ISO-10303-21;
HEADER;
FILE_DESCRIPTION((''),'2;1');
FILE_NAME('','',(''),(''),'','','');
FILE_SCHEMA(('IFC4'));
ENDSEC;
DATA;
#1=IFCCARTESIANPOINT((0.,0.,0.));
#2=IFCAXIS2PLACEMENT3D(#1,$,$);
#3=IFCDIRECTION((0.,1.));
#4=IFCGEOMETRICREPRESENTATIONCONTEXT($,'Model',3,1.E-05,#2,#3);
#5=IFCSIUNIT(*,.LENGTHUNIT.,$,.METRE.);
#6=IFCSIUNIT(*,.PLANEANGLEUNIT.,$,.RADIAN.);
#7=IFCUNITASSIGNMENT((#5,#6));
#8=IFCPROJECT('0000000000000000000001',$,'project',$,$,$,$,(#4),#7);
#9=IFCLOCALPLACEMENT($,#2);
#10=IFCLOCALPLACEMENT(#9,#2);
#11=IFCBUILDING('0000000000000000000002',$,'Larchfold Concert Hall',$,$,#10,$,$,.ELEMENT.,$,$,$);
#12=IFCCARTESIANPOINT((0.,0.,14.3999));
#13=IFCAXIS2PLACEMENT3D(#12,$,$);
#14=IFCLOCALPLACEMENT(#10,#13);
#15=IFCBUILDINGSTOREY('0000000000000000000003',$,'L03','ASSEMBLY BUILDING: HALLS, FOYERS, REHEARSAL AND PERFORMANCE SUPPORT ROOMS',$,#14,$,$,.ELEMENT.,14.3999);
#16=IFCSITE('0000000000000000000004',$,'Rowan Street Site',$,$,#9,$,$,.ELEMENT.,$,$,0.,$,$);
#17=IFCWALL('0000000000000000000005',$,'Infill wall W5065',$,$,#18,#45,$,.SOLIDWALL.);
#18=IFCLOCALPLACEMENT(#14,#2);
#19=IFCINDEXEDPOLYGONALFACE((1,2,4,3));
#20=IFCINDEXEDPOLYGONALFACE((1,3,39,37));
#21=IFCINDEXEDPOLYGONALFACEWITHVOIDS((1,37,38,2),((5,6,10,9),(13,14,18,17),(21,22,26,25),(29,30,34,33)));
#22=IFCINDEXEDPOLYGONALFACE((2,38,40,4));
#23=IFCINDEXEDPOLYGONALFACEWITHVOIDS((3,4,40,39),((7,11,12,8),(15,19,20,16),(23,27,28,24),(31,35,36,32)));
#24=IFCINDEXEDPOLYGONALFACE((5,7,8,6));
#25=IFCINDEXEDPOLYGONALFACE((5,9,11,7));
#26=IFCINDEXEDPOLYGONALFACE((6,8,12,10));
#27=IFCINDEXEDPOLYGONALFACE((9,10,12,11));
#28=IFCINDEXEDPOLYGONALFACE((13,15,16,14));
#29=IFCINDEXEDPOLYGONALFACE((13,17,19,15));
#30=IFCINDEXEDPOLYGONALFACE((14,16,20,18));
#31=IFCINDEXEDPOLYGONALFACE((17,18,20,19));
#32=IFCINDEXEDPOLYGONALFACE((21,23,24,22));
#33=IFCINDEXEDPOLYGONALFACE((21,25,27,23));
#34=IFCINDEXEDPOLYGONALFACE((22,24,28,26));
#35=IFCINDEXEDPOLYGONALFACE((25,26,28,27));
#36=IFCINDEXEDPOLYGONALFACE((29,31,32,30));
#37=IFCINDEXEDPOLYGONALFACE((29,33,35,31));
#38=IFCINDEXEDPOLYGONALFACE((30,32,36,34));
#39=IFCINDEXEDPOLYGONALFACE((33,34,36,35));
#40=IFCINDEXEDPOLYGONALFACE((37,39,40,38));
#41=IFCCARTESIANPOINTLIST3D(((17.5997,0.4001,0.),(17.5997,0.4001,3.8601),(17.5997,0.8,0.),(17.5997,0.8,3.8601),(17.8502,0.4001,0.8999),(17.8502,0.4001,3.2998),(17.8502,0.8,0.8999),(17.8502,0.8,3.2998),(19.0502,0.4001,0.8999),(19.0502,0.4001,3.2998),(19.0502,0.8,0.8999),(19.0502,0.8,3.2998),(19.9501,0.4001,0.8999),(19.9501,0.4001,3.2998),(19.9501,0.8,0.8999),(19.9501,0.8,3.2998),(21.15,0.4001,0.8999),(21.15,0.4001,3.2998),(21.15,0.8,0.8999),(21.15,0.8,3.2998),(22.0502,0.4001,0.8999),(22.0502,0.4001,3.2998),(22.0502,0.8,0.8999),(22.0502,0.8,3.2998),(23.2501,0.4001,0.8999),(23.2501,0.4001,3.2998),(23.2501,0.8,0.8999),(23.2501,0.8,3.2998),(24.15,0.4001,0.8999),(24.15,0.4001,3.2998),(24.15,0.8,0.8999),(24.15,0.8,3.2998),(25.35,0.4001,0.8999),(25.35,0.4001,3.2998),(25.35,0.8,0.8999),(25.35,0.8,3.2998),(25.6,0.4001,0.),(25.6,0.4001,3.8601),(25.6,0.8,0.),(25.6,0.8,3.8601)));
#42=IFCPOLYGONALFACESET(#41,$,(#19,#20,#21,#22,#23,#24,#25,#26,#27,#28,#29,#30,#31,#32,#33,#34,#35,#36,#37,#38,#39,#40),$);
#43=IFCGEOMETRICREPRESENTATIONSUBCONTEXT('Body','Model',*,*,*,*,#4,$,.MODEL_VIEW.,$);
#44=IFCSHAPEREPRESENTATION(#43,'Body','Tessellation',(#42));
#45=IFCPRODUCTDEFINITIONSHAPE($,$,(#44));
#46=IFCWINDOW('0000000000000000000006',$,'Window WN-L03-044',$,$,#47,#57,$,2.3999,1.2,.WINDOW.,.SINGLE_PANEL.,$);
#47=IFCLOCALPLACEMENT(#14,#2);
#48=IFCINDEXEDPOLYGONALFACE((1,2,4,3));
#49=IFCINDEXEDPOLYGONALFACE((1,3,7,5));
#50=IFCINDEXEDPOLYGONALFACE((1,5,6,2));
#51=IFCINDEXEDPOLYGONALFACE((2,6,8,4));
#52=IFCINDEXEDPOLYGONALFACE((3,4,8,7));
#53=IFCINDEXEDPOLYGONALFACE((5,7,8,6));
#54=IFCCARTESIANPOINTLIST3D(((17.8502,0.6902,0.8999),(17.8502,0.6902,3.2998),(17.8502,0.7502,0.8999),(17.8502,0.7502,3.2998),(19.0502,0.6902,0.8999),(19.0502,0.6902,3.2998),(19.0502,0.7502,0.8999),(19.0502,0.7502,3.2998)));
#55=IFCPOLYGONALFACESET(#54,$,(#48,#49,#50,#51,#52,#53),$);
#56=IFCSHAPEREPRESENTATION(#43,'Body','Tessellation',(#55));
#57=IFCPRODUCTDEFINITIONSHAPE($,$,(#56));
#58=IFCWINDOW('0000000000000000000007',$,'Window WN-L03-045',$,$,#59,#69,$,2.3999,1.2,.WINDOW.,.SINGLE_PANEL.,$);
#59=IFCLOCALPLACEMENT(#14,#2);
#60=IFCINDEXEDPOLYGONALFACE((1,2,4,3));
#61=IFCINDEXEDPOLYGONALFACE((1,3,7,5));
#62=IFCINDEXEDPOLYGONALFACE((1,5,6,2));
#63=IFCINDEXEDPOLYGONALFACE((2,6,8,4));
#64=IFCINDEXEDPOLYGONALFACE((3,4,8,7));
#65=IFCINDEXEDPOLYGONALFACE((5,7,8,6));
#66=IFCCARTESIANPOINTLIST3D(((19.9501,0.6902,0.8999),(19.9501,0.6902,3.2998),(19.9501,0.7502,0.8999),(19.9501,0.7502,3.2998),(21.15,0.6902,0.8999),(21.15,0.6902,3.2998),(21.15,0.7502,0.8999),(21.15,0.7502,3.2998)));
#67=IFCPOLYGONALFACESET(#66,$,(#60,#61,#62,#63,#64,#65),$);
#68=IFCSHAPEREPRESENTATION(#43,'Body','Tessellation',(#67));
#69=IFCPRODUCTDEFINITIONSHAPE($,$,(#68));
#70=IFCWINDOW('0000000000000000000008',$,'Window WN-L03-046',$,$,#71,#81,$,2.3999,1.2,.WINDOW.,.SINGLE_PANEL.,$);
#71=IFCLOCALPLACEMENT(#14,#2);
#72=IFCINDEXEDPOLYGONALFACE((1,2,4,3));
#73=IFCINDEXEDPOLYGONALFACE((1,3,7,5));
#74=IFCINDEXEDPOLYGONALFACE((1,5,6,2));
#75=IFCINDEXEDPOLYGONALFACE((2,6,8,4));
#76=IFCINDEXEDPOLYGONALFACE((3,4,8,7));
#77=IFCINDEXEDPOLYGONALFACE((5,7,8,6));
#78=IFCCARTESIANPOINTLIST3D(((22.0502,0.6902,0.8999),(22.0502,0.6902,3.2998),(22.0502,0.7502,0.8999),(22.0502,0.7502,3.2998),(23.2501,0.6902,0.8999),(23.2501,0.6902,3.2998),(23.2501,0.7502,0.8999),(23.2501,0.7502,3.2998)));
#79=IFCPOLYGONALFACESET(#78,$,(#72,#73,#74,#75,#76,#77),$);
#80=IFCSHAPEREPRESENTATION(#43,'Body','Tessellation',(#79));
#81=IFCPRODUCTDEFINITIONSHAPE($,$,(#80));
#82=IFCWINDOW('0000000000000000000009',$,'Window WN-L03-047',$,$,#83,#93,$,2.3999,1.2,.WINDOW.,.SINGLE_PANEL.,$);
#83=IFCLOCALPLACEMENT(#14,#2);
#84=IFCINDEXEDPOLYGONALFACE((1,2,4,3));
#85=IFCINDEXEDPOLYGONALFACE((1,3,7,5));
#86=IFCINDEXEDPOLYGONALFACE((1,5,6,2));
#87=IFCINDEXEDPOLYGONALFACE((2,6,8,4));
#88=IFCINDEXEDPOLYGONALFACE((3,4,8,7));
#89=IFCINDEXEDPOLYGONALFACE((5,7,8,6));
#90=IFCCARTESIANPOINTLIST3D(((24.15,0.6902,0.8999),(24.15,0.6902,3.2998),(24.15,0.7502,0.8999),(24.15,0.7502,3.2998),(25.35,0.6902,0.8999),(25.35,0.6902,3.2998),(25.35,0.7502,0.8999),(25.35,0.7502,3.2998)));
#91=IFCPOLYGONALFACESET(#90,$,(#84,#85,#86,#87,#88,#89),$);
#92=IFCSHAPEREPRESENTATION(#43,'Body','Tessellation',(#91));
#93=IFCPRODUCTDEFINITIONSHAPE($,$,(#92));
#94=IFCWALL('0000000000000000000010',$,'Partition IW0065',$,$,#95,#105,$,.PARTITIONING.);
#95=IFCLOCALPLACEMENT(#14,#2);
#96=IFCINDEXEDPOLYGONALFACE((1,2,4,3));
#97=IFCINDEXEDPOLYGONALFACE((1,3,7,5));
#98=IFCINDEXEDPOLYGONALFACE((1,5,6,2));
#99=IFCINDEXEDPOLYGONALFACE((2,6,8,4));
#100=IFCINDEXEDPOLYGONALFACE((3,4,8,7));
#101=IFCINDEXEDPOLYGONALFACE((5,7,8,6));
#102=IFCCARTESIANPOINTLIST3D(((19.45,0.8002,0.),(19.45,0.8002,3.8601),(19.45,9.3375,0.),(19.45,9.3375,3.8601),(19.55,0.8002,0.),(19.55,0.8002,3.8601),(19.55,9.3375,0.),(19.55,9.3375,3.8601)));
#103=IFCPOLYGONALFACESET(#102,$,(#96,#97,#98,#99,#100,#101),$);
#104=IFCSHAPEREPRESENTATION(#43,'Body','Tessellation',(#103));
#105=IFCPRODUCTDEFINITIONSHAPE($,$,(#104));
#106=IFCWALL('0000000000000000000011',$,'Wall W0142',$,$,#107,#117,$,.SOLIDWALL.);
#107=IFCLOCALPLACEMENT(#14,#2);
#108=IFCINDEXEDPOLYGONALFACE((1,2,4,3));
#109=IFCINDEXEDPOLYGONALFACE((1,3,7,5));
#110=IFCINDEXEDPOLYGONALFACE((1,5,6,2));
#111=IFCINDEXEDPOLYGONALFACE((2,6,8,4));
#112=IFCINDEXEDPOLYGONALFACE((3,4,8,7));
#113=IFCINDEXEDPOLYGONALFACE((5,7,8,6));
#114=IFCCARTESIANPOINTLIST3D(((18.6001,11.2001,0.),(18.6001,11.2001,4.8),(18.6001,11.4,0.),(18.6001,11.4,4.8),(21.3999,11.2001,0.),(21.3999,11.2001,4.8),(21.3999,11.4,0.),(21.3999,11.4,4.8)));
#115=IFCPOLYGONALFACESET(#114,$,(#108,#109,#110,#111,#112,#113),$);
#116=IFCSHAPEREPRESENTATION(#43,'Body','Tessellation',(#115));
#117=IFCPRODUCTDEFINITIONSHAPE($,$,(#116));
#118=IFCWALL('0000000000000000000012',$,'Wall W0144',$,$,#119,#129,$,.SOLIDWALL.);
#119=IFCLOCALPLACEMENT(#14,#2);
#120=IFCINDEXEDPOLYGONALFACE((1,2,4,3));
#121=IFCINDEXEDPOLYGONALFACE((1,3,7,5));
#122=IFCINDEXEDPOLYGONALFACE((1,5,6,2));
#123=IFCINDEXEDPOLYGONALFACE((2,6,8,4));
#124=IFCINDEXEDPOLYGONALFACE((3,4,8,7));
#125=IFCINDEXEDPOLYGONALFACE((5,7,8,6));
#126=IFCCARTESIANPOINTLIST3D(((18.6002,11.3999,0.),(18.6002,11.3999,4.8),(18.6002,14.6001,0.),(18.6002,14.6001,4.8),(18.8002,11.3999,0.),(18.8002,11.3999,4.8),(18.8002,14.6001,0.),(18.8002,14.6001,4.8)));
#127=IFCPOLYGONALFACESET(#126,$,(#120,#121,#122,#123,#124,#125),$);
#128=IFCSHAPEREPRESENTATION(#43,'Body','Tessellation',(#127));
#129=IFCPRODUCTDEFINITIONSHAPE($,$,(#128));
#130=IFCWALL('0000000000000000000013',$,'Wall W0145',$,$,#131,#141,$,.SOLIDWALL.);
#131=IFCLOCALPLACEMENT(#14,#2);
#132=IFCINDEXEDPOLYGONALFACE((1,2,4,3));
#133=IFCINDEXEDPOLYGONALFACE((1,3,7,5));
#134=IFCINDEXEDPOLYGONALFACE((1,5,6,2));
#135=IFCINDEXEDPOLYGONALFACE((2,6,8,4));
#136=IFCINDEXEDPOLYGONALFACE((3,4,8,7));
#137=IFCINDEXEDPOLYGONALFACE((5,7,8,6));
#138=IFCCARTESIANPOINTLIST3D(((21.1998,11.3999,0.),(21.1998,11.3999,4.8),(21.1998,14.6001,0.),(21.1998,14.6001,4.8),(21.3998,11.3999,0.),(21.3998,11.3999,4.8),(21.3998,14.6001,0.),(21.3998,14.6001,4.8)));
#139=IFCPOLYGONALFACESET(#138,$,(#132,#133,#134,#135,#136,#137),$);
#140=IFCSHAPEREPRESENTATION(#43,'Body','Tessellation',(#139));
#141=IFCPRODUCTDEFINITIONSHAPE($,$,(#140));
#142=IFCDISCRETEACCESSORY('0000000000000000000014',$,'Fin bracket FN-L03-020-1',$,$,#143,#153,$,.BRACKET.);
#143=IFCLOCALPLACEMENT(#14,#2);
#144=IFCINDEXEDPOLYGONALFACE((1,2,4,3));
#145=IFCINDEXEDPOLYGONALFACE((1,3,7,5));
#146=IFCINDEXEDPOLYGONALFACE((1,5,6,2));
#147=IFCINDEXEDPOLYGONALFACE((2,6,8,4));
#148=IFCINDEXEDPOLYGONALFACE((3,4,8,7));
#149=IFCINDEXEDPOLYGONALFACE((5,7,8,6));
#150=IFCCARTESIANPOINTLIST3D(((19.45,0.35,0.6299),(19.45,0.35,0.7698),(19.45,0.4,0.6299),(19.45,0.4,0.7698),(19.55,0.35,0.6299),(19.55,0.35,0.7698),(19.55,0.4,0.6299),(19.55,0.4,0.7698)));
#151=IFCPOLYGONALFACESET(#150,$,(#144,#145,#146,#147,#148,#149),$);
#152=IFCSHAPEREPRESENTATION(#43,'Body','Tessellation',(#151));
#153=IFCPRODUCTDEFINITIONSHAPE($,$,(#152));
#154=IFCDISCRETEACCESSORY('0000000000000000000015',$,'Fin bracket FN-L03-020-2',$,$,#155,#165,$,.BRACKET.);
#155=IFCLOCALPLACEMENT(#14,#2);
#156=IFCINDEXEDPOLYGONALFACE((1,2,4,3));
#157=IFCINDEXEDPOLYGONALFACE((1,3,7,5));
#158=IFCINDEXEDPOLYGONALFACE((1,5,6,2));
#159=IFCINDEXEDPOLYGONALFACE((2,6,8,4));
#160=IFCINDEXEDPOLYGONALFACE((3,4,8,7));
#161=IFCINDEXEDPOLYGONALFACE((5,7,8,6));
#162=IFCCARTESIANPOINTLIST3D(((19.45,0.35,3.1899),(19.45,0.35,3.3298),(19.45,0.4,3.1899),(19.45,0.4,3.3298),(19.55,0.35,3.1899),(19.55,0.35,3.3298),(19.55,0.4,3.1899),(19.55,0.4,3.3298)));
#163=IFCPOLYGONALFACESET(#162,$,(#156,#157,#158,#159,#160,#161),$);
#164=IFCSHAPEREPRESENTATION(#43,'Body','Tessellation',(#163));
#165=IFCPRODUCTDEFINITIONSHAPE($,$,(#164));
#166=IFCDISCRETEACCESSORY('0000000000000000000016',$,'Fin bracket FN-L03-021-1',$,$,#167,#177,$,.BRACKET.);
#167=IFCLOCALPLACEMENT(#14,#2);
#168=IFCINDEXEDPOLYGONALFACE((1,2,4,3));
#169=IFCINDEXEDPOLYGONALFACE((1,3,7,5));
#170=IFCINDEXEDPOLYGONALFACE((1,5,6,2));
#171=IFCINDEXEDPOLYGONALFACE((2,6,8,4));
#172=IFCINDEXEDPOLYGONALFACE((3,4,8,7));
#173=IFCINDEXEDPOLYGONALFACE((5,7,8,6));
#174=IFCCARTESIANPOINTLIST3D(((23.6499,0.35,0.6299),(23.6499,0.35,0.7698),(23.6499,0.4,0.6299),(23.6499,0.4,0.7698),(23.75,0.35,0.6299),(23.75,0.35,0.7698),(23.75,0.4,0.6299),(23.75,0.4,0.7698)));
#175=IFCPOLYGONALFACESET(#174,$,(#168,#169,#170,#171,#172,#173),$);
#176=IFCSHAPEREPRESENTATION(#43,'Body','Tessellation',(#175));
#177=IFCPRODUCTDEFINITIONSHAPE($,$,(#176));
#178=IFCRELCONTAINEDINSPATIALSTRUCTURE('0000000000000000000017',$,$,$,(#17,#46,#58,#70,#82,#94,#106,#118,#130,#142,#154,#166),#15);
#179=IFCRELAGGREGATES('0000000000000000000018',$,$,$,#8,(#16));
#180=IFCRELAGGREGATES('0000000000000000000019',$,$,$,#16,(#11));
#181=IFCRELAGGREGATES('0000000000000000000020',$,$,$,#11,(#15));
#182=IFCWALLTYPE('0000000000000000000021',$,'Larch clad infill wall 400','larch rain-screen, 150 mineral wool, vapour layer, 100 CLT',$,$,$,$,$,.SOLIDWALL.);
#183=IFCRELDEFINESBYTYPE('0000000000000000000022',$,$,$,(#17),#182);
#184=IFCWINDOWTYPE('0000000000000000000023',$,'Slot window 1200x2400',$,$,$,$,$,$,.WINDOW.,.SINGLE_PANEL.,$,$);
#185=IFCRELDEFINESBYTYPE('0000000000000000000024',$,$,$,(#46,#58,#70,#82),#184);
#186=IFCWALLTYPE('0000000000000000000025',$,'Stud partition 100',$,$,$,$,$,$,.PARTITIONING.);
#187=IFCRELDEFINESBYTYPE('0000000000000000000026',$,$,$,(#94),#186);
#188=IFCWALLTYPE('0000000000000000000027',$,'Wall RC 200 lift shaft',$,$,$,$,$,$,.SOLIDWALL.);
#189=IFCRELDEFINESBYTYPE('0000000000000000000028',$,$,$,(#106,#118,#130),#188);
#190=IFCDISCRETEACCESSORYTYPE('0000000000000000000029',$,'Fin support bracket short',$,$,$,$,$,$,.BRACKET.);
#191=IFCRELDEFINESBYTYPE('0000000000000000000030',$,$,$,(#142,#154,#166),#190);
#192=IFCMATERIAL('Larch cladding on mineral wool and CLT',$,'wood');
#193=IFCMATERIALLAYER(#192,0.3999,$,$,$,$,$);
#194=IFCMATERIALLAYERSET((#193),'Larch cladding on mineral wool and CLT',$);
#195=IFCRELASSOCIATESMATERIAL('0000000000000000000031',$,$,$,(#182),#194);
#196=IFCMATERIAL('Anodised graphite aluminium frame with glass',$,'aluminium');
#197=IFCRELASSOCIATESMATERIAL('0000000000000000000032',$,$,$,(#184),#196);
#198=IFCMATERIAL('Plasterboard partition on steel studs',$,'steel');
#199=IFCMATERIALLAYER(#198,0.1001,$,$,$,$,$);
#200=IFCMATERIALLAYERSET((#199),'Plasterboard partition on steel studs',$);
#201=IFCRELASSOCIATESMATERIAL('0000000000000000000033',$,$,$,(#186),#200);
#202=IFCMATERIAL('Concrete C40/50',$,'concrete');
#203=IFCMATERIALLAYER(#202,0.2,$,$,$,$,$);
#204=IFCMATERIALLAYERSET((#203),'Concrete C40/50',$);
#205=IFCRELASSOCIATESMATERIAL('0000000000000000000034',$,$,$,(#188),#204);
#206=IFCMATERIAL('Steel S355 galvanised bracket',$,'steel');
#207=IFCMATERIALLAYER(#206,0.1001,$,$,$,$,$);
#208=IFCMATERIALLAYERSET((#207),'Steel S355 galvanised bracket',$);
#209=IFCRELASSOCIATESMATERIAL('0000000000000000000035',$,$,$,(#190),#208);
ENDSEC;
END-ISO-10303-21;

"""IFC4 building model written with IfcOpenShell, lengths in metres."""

from ifc_helpers import new_model, si_unit, direction, frame, frame_2d, origin, origin_2d, place, context, subcontext, project, spatial, rectangle, extrude, material, layer, layer_set, type_object, element, fill, save


model = new_model("IFC4")

# Units and contexts
model_context = context("Model", 3, precision=1e-05, world=origin(), true_north=direction((0.0, 1.0)))
body_context = subcontext(model_context, "Body", "Model", "MODEL_VIEW")
ifc_project = project(units=[si_unit("LENGTHUNIT", "METRE"), si_unit("PLANEANGLEUNIT", "RADIAN")], contexts=[model_context])

# Site, building, storey
site_placement = place(None, origin())
site = spatial("IfcSite", under=ifc_project, at=site_placement, Name="Rowan Street Site", CompositionType="ELEMENT", RefElevation=0.0)
building_placement = place(site_placement, origin())
building = spatial("IfcBuilding", under=site, at=building_placement, Name="Larchfold Concert Hall", CompositionType="ELEMENT")
storey_placement = place(building_placement, frame((0.0, 0.0, 14.3999)))
storey = spatial("IfcBuildingStorey", under=building, at=storey_placement, Name="L03", Description="ASSEMBLY BUILDING: HALLS, FOYERS, REHEARSAL AND PERFORMANCE SUPPORT ROOMS", CompositionType="ELEMENT", Elevation=14.3999)

# Wall, openings, windows
ifc_material_1 = material(Name="Larch cladding on mineral wool and CLT", Category="wood")
ifc_layer_1 = layer(ifc_material_1, 0.3999)
ifc_layer_set_1 = layer_set([ifc_layer_1], Name="Larch cladding on mineral wool and CLT")
wall_type_1 = type_object("IfcWallType", Name="Larch clad infill wall 400", Description="larch rain-screen, 150 mineral wool, vapour layer, 100 CLT", PredefinedType="SOLIDWALL", material=ifc_layer_set_1)
wall_1_placement = place(storey_placement, frame((17.5999, 0.6001, 0.0), z_axis=(0.0, 0.0, 1.0), x_axis=(1.0, 0.0, 0.0)))
wall_1 = element("IfcWall", 1, at=wall_1_placement, inside=storey, type_object=wall_type_1, Name="Infill wall W5065", PredefinedType="SOLIDWALL", context=body_context, shape_type="SweptSolid", body=[
    extrude(rectangle(XDim=8.0002, YDim=0.3999, at=frame_2d((4.0, 0.0))), origin(), (0.0, 0.0, 1.0), 3.8601),
])
opening_1_placement = place(wall_1_placement, frame((0.2502, 0.0, 0.8999)))
opening_1 = element("IfcOpeningElement", 2, at=opening_1_placement, cuts=wall_1, PredefinedType="OPENING", context=body_context, shape_type="SweptSolid", body=[
    extrude(rectangle(XDim=1.2, YDim=2.3999, at=frame_2d((0.6001, 1.2))), frame((0.0, 0.21, 0.0), z_axis=(0.0, -1.0, 0.0), x_axis=(1.0, 0.0, 0.0)), (0.0, 0.0, 1.0), 0.4199),
])
opening_2_placement = place(wall_1_placement, frame((2.3501, 0.0, 0.8999)))
opening_2 = element("IfcOpeningElement", 3, at=opening_2_placement, cuts=wall_1, PredefinedType="OPENING", context=body_context, shape_type="SweptSolid", body=[
    extrude(rectangle(XDim=1.2, YDim=2.3999, at=frame_2d((0.6001, 1.2))), frame((0.0, 0.21, 0.0), z_axis=(0.0, -1.0, 0.0), x_axis=(1.0, 0.0, 0.0)), (0.0, 0.0, 1.0), 0.4199),
])
opening_3_placement = place(wall_1_placement, frame((4.4502, 0.0, 0.8999)))
opening_3 = element("IfcOpeningElement", 4, at=opening_3_placement, cuts=wall_1, PredefinedType="OPENING", context=body_context, shape_type="SweptSolid", body=[
    extrude(rectangle(XDim=1.2, YDim=2.3999, at=frame_2d((0.6001, 1.2))), frame((0.0, 0.21, 0.0), z_axis=(0.0, -1.0, 0.0), x_axis=(1.0, 0.0, 0.0)), (0.0, 0.0, 1.0), 0.4199),
])
opening_4_placement = place(wall_1_placement, frame((6.55, 0.0, 0.8999)))
opening_4 = element("IfcOpeningElement", 5, at=opening_4_placement, cuts=wall_1, PredefinedType="OPENING", context=body_context, shape_type="SweptSolid", body=[
    extrude(rectangle(XDim=1.2, YDim=2.3999, at=frame_2d((0.6001, 1.2))), frame((0.0, 0.21, 0.0), z_axis=(0.0, -1.0, 0.0), x_axis=(1.0, 0.0, 0.0)), (0.0, 0.0, 1.0), 0.4199),
])
ifc_material_2 = material(Name="Anodised graphite aluminium frame with glass", Category="aluminium")
window_type = type_object("IfcWindowType", Name="Slot window 1200x2400", PartitioningType="SINGLE_PANEL", PredefinedType="WINDOW", material=ifc_material_2)
window_1_placement = place(opening_1_placement, origin())
window_1 = element("IfcWindow", 6, at=window_1_placement, inside=storey, type_object=window_type, Name="Window WN-L03-044", OverallHeight=2.3999, OverallWidth=1.2, PartitioningType="SINGLE_PANEL", PredefinedType="WINDOW", context=body_context, shape_type="SweptSolid", body=[
    extrude(rectangle(XDim=1.2, YDim=2.3999, at=frame_2d((0.6001, 1.2))), frame((0.0, 0.1501, 0.0), z_axis=(0.0, -1.0, 0.0), x_axis=(1.0, 0.0, 0.0)), (0.0, 0.0, 1.0), 0.0601),
])
fill(opening_1, window_1)
window_2_placement = place(opening_2_placement, origin())
window_2 = element("IfcWindow", 7, at=window_2_placement, inside=storey, type_object=window_type, Name="Window WN-L03-045", OverallHeight=2.3999, OverallWidth=1.2, PartitioningType="SINGLE_PANEL", PredefinedType="WINDOW", context=body_context, shape_type="SweptSolid", body=[
    extrude(rectangle(XDim=1.2, YDim=2.3999, at=frame_2d((0.6001, 1.2))), frame((0.0, 0.1501, 0.0), z_axis=(0.0, -1.0, 0.0), x_axis=(1.0, 0.0, 0.0)), (0.0, 0.0, 1.0), 0.0601),
])
fill(opening_2, window_2)
window_3_placement = place(opening_3_placement, origin())
window_3 = element("IfcWindow", 8, at=window_3_placement, inside=storey, type_object=window_type, Name="Window WN-L03-046", OverallHeight=2.3999, OverallWidth=1.2, PartitioningType="SINGLE_PANEL", PredefinedType="WINDOW", context=body_context, shape_type="SweptSolid", body=[
    extrude(rectangle(XDim=1.2, YDim=2.3999, at=frame_2d((0.6001, 1.2))), frame((0.0, 0.1501, 0.0), z_axis=(0.0, -1.0, 0.0), x_axis=(1.0, 0.0, 0.0)), (0.0, 0.0, 1.0), 0.0601),
])
fill(opening_3, window_3)
window_4_placement = place(opening_4_placement, origin())
window_4 = element("IfcWindow", 9, at=window_4_placement, inside=storey, type_object=window_type, Name="Window WN-L03-047", OverallHeight=2.3999, OverallWidth=1.2, PartitioningType="SINGLE_PANEL", PredefinedType="WINDOW", context=body_context, shape_type="SweptSolid", body=[
    extrude(rectangle(XDim=1.2, YDim=2.3999, at=frame_2d((0.6001, 1.2))), frame((0.0, 0.1501, 0.0), z_axis=(0.0, -1.0, 0.0), x_axis=(1.0, 0.0, 0.0)), (0.0, 0.0, 1.0), 0.0601),
])
fill(opening_4, window_4)

# Walls
ifc_material_3 = material(Name="Plasterboard partition on steel studs", Category="steel")
ifc_layer_2 = layer(ifc_material_3, 0.1001)
ifc_layer_set_2 = layer_set([ifc_layer_2], Name="Plasterboard partition on steel studs")
wall_type_2 = type_object("IfcWallType", Name="Stud partition 100", PredefinedType="PARTITIONING", material=ifc_layer_set_2)
wall_2_placement = place(storey_placement, frame((19.5, 9.3374, 0.0), z_axis=(0.0, 0.0, 1.0), x_axis=(0.0, -1.0, 0.0)))
element("IfcWall", 10, at=wall_2_placement, inside=storey, type_object=wall_type_2, Name="Partition IW0065", PredefinedType="PARTITIONING", context=body_context, shape_type="SweptSolid", body=[
    extrude(rectangle(XDim=8.5374, YDim=0.1001, at=frame_2d((4.2686, 0.0))), origin(), (0.0, 0.0, 1.0), 3.8601),
])
ifc_material_4 = material(Name="Concrete C40/50", Category="concrete")
ifc_layer_3 = layer(ifc_material_4, 0.2)
ifc_layer_set_3 = layer_set([ifc_layer_3], Name="Concrete C40/50")
wall_type_3 = type_object("IfcWallType", Name="Wall RC 200 lift shaft", PredefinedType="SOLIDWALL", material=ifc_layer_set_3)
wall_3_placement = place(storey_placement, frame((18.6001, 11.3, 0.0), z_axis=(0.0, 0.0, 1.0), x_axis=(1.0, 0.0, 0.0)))
element("IfcWall", 11, at=wall_3_placement, inside=storey, type_object=wall_type_3, Name="Wall W0142", PredefinedType="SOLIDWALL", context=body_context, shape_type="SweptSolid", body=[
    extrude(rectangle(XDim=2.7998, YDim=0.2, at=frame_2d((1.3999, 0.0))), origin(), (0.0, 0.0, 1.0), 4.8),
])
for number, where, z_axis, x_axis, name in (
    (12, (18.7002, 11.3999, 0.0), (0.0, 0.0, 1.0), (0.0, 1.0, 0.0), "Wall W0144"),
    (13, (21.2998, 11.3999, 0.0), (0.0, 0.0, 1.0), (0.0, 1.0, 0.0), "Wall W0145"),
):
    element("IfcWall", number, at=place(storey_placement, frame(where, z_axis=z_axis, x_axis=x_axis)), inside=storey, type_object=wall_type_3, Name=name, PredefinedType="SOLIDWALL", context=body_context, shape_type="SweptSolid", body=[
        extrude(rectangle(XDim=3.2002, YDim=0.2, at=frame_2d((1.6001, 0.0))), origin(), (0.0, 0.0, 1.0), 4.8),
    ])

# Discrete accessories
ifc_material_5 = material(Name="Steel S355 galvanised bracket", Category="steel")
ifc_layer_4 = layer(ifc_material_5, 0.1001)
ifc_layer_set_4 = layer_set([ifc_layer_4], Name="Steel S355 galvanised bracket")
discrete_accessory_type = type_object("IfcDiscreteAccessoryType", Name="Fin support bracket short", PredefinedType="BRACKET", material=ifc_layer_set_4)
for number, where, z_axis, x_axis, name in (
    (14, (19.5, 0.375, 0.6299), (0.0, 0.0, 1.0), (0.0, -1.0, 0.0), "Fin bracket FN-L03-020-1"),
    (15, (19.5, 0.375, 3.1899), (0.0, 0.0, 1.0), (0.0, -1.0, 0.0), "Fin bracket FN-L03-020-2"),
    (16, (23.7, 0.375, 0.6299), (0.0, 0.0, 1.0), (0.0, -1.0, 0.0), "Fin bracket FN-L03-021-1"),
):
    element("IfcDiscreteAccessory", number, at=place(storey_placement, frame(where, z_axis=z_axis, x_axis=x_axis)), inside=storey, type_object=discrete_accessory_type, Name=name, PredefinedType="BRACKET", context=body_context, shape_type="SweptSolid", body=[
        extrude(rectangle(XDim=0.05, YDim=0.1001, at=origin_2d()), origin(), (0.0, 0.0, 1.0), 0.1399),
    ])

save(model, "model.ifc")
